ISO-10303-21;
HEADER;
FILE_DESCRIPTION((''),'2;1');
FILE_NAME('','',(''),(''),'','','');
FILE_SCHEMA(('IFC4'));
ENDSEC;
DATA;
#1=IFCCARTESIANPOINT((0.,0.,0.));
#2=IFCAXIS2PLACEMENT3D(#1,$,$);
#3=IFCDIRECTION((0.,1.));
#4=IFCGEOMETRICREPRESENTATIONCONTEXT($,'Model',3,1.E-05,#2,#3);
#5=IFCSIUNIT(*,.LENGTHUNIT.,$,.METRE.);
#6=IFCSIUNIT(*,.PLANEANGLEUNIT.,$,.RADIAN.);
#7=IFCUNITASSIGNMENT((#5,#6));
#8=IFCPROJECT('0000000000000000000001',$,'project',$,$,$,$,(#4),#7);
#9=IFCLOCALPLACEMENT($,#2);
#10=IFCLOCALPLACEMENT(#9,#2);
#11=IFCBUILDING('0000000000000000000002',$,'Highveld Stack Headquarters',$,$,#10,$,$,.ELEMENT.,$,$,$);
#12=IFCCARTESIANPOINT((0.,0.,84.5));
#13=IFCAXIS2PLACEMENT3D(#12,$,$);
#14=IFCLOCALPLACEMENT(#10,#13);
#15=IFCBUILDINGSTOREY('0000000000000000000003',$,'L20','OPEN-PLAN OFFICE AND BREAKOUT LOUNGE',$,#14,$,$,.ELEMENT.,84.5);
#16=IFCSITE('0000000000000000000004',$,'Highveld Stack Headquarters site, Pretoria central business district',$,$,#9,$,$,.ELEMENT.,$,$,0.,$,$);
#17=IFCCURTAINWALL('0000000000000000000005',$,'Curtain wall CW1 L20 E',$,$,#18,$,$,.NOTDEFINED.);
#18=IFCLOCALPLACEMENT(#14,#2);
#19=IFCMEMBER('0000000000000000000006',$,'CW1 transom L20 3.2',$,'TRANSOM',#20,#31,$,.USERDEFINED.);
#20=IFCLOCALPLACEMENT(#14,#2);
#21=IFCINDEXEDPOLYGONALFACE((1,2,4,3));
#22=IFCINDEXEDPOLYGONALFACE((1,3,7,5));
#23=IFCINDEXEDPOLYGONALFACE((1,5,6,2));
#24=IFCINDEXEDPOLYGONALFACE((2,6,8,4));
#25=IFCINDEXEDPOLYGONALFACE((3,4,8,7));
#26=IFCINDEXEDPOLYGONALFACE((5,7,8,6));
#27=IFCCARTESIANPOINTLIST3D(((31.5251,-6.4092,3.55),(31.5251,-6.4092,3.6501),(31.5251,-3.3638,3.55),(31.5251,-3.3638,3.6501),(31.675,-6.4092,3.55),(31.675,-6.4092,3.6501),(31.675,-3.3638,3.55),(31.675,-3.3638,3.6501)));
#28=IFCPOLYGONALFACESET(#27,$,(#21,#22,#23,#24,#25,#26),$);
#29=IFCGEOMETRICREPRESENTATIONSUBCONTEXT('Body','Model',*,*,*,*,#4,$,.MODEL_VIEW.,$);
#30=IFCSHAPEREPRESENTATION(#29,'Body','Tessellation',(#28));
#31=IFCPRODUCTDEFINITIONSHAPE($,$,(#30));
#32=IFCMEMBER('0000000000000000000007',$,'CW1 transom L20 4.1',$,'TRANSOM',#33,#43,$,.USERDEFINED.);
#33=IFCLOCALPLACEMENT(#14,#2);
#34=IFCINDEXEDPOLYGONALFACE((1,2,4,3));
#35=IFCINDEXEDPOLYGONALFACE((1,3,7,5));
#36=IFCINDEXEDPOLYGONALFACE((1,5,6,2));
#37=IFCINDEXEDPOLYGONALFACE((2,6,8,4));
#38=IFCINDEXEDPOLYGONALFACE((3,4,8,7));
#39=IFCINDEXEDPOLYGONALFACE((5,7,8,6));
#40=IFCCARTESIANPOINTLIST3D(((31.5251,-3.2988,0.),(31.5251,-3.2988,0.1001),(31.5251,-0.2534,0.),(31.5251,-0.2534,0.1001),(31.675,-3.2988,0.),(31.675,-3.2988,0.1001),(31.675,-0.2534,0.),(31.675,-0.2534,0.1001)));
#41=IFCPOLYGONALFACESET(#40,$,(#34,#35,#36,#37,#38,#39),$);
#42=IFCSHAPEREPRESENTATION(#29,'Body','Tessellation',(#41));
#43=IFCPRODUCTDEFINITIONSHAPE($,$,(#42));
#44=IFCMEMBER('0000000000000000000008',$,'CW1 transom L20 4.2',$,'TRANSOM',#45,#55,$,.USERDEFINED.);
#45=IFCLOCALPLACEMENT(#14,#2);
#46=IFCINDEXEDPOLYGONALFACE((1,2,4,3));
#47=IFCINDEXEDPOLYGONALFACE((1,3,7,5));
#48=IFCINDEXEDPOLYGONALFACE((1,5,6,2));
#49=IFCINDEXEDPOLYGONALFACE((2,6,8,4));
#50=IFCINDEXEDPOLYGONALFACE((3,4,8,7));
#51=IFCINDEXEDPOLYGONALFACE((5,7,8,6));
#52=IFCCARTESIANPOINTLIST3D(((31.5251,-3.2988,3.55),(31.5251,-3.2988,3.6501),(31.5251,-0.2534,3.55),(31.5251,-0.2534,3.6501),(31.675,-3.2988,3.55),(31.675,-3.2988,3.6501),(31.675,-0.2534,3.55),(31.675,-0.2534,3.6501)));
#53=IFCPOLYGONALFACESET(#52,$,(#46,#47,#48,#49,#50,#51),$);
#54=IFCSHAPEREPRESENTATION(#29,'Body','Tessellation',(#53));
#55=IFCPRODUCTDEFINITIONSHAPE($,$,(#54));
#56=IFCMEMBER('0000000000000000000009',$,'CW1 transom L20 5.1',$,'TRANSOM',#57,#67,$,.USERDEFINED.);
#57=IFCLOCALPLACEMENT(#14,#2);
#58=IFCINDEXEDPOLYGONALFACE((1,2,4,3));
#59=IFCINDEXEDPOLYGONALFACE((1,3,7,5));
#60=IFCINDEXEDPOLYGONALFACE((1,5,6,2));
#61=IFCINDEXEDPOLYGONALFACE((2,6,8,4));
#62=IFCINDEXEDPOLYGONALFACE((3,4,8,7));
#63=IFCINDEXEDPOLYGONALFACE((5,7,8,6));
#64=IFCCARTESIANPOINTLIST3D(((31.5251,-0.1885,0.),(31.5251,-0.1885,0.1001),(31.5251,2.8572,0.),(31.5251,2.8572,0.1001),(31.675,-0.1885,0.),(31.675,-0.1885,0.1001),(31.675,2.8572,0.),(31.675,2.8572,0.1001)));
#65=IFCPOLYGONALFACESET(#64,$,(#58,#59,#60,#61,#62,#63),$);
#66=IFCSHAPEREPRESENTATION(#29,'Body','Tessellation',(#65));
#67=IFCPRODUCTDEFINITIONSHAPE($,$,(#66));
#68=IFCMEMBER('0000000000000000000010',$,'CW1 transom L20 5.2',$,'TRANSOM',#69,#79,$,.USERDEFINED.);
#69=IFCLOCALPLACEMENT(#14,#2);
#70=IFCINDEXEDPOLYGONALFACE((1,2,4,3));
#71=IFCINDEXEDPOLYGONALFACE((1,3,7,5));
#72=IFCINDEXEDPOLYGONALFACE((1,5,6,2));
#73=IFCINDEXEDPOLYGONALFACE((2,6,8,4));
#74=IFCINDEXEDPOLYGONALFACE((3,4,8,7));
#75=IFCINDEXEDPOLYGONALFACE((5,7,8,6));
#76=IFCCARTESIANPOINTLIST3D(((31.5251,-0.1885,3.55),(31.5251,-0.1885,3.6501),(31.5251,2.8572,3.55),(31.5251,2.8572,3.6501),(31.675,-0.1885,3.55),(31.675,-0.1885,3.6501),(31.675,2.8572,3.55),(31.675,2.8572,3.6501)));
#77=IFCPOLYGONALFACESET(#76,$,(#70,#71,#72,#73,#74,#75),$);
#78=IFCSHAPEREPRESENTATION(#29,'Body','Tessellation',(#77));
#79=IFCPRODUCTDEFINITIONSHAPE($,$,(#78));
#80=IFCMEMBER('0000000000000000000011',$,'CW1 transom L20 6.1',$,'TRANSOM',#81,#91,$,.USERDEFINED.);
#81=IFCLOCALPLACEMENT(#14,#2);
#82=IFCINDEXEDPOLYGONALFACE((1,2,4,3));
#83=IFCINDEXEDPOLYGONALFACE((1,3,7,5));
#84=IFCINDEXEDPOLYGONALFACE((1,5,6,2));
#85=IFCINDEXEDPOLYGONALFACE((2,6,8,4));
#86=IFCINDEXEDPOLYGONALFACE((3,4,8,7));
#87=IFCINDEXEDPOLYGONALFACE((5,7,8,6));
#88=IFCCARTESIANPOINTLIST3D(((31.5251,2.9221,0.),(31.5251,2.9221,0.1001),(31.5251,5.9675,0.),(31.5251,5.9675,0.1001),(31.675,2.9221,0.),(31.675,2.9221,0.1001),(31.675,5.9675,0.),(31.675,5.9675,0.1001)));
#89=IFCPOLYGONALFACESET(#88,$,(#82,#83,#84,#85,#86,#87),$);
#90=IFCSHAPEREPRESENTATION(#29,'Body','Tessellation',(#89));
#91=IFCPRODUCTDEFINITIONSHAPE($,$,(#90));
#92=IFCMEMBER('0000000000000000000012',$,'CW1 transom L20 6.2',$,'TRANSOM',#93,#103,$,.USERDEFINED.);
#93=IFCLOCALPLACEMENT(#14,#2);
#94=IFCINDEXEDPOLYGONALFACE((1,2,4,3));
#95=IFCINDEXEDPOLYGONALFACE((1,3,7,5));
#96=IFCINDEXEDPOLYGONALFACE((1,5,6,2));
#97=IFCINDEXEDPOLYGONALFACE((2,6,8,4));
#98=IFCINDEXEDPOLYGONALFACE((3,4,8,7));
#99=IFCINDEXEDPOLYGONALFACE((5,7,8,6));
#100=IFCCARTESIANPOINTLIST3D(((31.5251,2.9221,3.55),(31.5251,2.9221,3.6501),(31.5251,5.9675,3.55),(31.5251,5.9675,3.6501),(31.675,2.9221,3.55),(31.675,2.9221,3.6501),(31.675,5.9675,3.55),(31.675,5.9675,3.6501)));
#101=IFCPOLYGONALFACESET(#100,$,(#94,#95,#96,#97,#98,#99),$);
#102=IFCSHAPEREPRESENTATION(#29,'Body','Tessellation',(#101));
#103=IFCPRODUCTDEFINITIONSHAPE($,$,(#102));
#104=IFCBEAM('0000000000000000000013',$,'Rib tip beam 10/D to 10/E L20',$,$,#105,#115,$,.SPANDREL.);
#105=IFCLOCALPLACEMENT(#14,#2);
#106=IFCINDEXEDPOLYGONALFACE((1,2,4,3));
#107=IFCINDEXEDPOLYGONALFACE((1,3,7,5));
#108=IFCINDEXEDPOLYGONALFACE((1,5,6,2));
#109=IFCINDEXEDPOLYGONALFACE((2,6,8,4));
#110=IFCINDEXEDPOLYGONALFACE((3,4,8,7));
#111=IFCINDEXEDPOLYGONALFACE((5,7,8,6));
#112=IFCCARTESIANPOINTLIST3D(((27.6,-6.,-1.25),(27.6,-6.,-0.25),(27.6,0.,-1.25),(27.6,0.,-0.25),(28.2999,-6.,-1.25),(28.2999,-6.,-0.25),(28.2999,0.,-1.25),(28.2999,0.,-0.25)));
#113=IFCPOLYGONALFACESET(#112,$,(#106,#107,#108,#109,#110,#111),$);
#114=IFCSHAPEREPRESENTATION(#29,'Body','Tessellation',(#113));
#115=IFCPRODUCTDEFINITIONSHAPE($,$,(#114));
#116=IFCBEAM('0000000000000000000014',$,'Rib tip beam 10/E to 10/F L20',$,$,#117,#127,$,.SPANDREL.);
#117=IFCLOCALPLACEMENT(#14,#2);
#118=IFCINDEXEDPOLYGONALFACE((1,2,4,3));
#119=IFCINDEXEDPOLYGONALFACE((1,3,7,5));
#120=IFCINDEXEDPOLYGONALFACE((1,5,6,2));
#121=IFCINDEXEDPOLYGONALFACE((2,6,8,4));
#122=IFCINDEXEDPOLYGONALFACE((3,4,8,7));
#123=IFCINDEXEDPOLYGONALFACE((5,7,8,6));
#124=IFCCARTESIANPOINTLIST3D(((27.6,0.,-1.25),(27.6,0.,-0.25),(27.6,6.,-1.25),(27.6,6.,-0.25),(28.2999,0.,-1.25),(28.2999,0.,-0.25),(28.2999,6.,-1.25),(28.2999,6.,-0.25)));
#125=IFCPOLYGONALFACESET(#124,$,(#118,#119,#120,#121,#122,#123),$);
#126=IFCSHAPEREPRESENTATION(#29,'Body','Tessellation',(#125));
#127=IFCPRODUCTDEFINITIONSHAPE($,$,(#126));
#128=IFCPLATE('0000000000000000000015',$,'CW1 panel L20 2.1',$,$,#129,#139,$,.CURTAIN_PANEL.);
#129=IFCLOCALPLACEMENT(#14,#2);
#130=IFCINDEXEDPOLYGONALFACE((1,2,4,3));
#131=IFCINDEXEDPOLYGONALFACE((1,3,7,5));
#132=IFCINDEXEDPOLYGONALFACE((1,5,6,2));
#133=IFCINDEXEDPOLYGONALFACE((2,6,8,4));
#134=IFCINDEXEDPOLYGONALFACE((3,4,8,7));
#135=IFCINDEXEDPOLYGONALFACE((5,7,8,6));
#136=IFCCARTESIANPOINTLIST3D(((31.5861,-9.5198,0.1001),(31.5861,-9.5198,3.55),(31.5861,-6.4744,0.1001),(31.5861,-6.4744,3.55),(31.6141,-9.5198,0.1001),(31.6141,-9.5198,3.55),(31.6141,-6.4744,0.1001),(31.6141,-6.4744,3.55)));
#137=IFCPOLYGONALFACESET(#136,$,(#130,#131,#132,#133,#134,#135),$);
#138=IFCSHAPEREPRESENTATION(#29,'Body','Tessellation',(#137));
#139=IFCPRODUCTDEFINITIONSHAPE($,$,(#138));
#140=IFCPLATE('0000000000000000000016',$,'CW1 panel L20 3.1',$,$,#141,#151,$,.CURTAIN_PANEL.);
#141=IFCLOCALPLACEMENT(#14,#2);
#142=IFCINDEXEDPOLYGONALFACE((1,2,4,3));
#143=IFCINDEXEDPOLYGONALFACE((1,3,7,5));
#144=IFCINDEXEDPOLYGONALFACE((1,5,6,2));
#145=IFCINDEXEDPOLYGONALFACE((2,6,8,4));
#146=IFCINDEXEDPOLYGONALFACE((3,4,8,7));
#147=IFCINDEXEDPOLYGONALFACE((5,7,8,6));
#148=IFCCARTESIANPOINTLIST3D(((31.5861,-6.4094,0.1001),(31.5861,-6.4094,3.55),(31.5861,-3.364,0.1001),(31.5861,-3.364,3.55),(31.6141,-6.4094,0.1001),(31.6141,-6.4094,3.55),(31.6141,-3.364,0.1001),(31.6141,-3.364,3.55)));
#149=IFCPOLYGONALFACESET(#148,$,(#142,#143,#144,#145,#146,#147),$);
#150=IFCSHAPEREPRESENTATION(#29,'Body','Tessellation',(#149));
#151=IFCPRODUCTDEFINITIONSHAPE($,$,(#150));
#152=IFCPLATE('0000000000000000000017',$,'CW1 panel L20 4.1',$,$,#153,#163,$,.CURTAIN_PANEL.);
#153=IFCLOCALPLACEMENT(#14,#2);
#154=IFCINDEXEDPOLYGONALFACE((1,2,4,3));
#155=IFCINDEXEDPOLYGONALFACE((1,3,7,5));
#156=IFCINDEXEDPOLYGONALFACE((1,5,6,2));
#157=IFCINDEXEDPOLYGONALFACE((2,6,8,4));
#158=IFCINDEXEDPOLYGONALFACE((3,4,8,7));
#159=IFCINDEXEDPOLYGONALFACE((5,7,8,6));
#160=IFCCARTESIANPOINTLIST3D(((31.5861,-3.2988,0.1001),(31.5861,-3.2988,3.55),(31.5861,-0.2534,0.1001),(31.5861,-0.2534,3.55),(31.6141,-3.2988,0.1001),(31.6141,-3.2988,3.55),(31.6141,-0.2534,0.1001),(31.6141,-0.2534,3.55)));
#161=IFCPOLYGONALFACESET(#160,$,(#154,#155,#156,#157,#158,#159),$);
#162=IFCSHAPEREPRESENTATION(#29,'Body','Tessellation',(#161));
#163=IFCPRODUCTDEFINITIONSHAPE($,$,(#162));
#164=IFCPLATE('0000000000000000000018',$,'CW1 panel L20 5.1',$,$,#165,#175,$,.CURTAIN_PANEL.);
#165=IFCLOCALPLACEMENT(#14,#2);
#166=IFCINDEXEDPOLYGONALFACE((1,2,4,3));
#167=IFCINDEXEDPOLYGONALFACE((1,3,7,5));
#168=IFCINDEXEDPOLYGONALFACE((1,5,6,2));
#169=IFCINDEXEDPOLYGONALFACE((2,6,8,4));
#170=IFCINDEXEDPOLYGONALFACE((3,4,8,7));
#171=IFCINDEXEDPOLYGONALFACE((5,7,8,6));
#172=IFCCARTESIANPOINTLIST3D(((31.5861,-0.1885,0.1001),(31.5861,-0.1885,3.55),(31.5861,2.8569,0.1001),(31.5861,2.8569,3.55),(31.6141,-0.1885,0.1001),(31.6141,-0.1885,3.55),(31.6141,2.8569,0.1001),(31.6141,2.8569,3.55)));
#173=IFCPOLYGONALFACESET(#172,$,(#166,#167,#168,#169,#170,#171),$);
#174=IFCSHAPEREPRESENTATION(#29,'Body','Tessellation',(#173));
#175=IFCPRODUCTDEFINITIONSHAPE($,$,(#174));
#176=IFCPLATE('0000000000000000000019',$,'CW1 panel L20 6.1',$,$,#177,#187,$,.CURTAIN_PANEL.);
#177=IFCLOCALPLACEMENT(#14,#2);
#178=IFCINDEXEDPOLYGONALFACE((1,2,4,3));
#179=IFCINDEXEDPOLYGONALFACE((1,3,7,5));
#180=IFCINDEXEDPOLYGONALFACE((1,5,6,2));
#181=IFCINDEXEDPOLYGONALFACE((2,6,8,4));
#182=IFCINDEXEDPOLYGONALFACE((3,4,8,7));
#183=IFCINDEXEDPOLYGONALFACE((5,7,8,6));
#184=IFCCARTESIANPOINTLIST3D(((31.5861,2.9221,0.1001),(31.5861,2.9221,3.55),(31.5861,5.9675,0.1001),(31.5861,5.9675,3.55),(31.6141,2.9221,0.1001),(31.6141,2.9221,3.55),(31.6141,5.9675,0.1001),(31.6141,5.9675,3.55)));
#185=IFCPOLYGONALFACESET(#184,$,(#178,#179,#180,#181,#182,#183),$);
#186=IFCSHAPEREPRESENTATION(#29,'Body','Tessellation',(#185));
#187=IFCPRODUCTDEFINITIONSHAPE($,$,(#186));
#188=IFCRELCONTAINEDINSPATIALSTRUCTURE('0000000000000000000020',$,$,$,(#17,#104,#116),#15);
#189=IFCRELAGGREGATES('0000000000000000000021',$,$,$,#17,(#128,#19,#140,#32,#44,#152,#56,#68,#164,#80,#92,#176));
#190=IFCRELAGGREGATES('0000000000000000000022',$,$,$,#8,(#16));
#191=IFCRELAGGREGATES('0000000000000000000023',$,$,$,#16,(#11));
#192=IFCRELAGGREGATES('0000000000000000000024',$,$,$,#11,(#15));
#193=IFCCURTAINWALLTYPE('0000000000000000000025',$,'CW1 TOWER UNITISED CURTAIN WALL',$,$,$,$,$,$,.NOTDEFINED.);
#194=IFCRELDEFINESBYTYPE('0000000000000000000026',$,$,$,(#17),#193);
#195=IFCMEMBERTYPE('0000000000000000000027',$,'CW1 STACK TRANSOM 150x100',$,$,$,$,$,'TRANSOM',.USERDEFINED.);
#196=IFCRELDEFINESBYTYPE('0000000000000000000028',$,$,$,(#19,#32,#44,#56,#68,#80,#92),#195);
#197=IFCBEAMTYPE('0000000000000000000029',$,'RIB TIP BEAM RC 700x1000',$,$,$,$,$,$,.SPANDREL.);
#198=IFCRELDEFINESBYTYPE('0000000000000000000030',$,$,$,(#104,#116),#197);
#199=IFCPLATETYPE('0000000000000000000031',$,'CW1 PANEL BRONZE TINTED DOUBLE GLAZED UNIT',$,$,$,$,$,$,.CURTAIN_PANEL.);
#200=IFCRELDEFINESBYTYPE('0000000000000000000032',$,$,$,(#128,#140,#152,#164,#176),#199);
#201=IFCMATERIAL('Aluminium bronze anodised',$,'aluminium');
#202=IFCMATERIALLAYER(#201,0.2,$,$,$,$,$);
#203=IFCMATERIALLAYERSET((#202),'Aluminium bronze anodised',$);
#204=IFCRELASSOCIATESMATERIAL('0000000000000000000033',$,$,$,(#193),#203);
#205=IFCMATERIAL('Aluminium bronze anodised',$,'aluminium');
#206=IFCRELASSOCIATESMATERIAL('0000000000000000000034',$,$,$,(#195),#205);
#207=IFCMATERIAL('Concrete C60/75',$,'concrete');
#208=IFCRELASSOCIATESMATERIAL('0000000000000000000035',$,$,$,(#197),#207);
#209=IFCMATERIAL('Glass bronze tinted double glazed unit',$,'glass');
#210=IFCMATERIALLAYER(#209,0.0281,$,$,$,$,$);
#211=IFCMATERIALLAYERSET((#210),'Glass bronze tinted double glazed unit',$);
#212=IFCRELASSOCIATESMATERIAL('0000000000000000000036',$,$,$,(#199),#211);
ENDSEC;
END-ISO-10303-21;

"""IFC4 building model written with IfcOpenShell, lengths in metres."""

from ifc_helpers import new_model, si_unit, direction, frame, origin, origin_2d, place, context, subcontext, project, spatial, rectangle, extrude, material, layer, layer_set, material_profile, profile_set, type_object, element, aggregate, save


model = new_model("IFC4")

# Units and contexts
model_context = context("Model", 3, precision=1e-05, world=origin(), true_north=direction((0.0, 1.0)))
body_context = subcontext(model_context, "Body", "Model", "MODEL_VIEW")
ifc_project = project(units=[si_unit("LENGTHUNIT", "METRE"), si_unit("PLANEANGLEUNIT", "RADIAN")], contexts=[model_context])

# Site, building, storey
site_placement = place(None, origin())
site = spatial("IfcSite", under=ifc_project, at=site_placement, Name="Highveld Stack Headquarters site, Pretoria central business district", CompositionType="ELEMENT", RefElevation=0.0)
building_placement = place(site_placement, origin())
building = spatial("IfcBuilding", under=site, at=building_placement, Name="Highveld Stack Headquarters", CompositionType="ELEMENT")
storey_placement = place(building_placement, frame((0.0, 0.0, 84.5)))
storey = spatial("IfcBuildingStorey", under=building, at=storey_placement, Name="L20", Description="OPEN-PLAN OFFICE AND BREAKOUT LOUNGE", CompositionType="ELEMENT", Elevation=84.5)

# Curtain wall, members
ifc_material_1 = material(Name="Aluminium bronze anodised", Category="aluminium")
ifc_layer_1 = layer(ifc_material_1, 0.2)
ifc_layer_set_1 = layer_set([ifc_layer_1], Name="Aluminium bronze anodised")
curtain_wall_type = type_object("IfcCurtainWallType", Name="CW1 TOWER UNITISED CURTAIN WALL", PredefinedType="NOTDEFINED", material=ifc_layer_set_1)
curtain_wall_placement = place(storey_placement, origin())
curtain_wall = element("IfcCurtainWall", 1, at=curtain_wall_placement, inside=storey, type_object=curtain_wall_type, Name="Curtain wall CW1 L20 E", PredefinedType="NOTDEFINED")
ifc_material_2 = material(Name="Aluminium bronze anodised", Category="aluminium")
ifc_material_profile_1 = material_profile(ifc_material_2, rectangle(XDim=0.1499, YDim=0.1001, at=origin_2d()), Name="CW1 TRANSOM 150x100")
ifc_profile_set_1 = profile_set([ifc_material_profile_1], Name="Aluminium bronze anodised")
member_type_1 = type_object("IfcMemberType", Name="CW1 STACK TRANSOM 150x100", ElementType="TRANSOM", PredefinedType="USERDEFINED", material=ifc_profile_set_1)
member_1_placement = place(storey_placement, frame((31.6001, -6.4092, 3.6001), z_axis=(0.0, 1.0, 0.0), x_axis=(-1.0, 0.0, 0.0)))
member_1 = element("IfcMember", 2, at=member_1_placement, type_object=member_type_1, Name="CW1 transom L20 3.2", ObjectType="TRANSOM", PredefinedType="USERDEFINED", context=body_context, shape_type="SweptSolid", body=[
    extrude(rectangle(XDim=0.1499, YDim=0.1001, at=origin_2d()), origin(), (0.0, 0.0, 1.0), 3.0454),
])
member_2_placement = place(storey_placement, frame((31.6001, -3.2988, 0.05), z_axis=(0.0, 1.0, 0.0), x_axis=(-1.0, 0.0, 0.0)))
member_2 = element("IfcMember", 3, at=member_2_placement, type_object=member_type_1, Name="CW1 transom L20 4.1", ObjectType="TRANSOM", PredefinedType="USERDEFINED", context=body_context, shape_type="SweptSolid", body=[
    extrude(rectangle(XDim=0.1499, YDim=0.1001, at=origin_2d()), origin(), (0.0, 0.0, 1.0), 3.0454),
])
member_3_placement = place(storey_placement, frame((31.6001, -3.2988, 3.6001), z_axis=(0.0, 1.0, 0.0), x_axis=(-1.0, 0.0, 0.0)))
member_3 = element("IfcMember", 4, at=member_3_placement, type_object=member_type_1, Name="CW1 transom L20 4.2", ObjectType="TRANSOM", PredefinedType="USERDEFINED", context=body_context, shape_type="SweptSolid", body=[
    extrude(rectangle(XDim=0.1499, YDim=0.1001, at=origin_2d()), origin(), (0.0, 0.0, 1.0), 3.0454),
])
member_4_placement = place(storey_placement, frame((31.6001, -0.1885, 0.05), z_axis=(0.0, 1.0, 0.0), x_axis=(-1.0, 0.0, 0.0)))
member_4 = element("IfcMember", 5, at=member_4_placement, type_object=member_type_1, Name="CW1 transom L20 5.1", ObjectType="TRANSOM", PredefinedType="USERDEFINED", context=body_context, shape_type="SweptSolid", body=[
    extrude(rectangle(XDim=0.1499, YDim=0.1001, at=origin_2d()), origin(), (0.0, 0.0, 1.0), 3.0457),
])
member_5_placement = place(storey_placement, frame((31.6001, -0.1885, 3.6001), z_axis=(0.0, 1.0, 0.0), x_axis=(-1.0, 0.0, 0.0)))
member_5 = element("IfcMember", 6, at=member_5_placement, type_object=member_type_1, Name="CW1 transom L20 5.2", ObjectType="TRANSOM", PredefinedType="USERDEFINED", context=body_context, shape_type="SweptSolid", body=[
    extrude(rectangle(XDim=0.1499, YDim=0.1001, at=origin_2d()), origin(), (0.0, 0.0, 1.0), 3.0457),
])
member_6_placement = place(storey_placement, frame((31.6001, 2.9221, 0.05), z_axis=(0.0, 1.0, 0.0), x_axis=(-1.0, 0.0, 0.0)))
member_6 = element("IfcMember", 7, at=member_6_placement, type_object=member_type_1, Name="CW1 transom L20 6.1", ObjectType="TRANSOM", PredefinedType="USERDEFINED", context=body_context, shape_type="SweptSolid", body=[
    extrude(rectangle(XDim=0.1499, YDim=0.1001, at=origin_2d()), origin(), (0.0, 0.0, 1.0), 3.0454),
])
member_7_placement = place(storey_placement, frame((31.6001, 2.9221, 3.6001), z_axis=(0.0, 1.0, 0.0), x_axis=(-1.0, 0.0, 0.0)))
member_7 = element("IfcMember", 8, at=member_7_placement, type_object=member_type_1, Name="CW1 transom L20 6.2", ObjectType="TRANSOM", PredefinedType="USERDEFINED", context=body_context, shape_type="SweptSolid", body=[
    extrude(rectangle(XDim=0.1499, YDim=0.1001, at=origin_2d()), origin(), (0.0, 0.0, 1.0), 3.0454),
])

# Beams
ifc_material_3 = material(Name="Concrete C60/75", Category="concrete")
ifc_material_profile_2 = material_profile(ifc_material_3, rectangle(XDim=0.7, YDim=1.0, at=origin_2d()), Name="RC 700x1000")
ifc_profile_set_2 = profile_set([ifc_material_profile_2], Name="Concrete C60/75")
beam_type_1 = type_object("IfcBeamType", Name="RIB TIP BEAM RC 700x1000", PredefinedType="SPANDREL", material=ifc_profile_set_2)
for number, where, z_axis, x_axis, name in (
    (9, (27.95, -6.0, -0.75), (0.0, 1.0, 0.0), (-1.0, 0.0, 0.0), "Rib tip beam 10/D to 10/E L20"),
    (10, (27.95, 0.0, -0.75), (0.0, 1.0, 0.0), (-1.0, 0.0, 0.0), "Rib tip beam 10/E to 10/F L20"),
):
    element("IfcBeam", number, at=place(storey_placement, frame(where, z_axis=z_axis, x_axis=x_axis)), inside=storey, type_object=beam_type_1, Name=name, PredefinedType="SPANDREL", context=body_context, shape_type="SweptSolid", body=[
        extrude(rectangle(XDim=0.7, YDim=1.0, at=origin_2d()), origin(), (0.0, 0.0, 1.0), 6.0),
    ])

# Plates
ifc_material_4 = material(Name="Glass bronze tinted double glazed unit", Category="glass")
ifc_layer_2 = layer(ifc_material_4, 0.0281)
ifc_layer_set_2 = layer_set([ifc_layer_2], Name="Glass bronze tinted double glazed unit")
plate_type = type_object("IfcPlateType", Name="CW1 PANEL BRONZE TINTED DOUBLE GLAZED UNIT", PredefinedType="CURTAIN_PANEL", material=ifc_layer_set_2)
plate_1_placement = place(storey_placement, frame((31.6001, -7.9971, 0.1001), z_axis=(0.0, 0.0, 1.0), x_axis=(0.0, 1.0, 0.0)))
plate_1 = element("IfcPlate", 11, at=plate_1_placement, type_object=plate_type, Name="CW1 panel L20 2.1", PredefinedType="CURTAIN_PANEL", context=body_context, shape_type="SweptSolid", body=[
    extrude(rectangle(XDim=3.0454, YDim=0.0281, at=origin_2d()), origin(), (0.0, 0.0, 1.0), 3.45),
])
plate_2_placement = place(storey_placement, frame((31.6001, -4.8867, 0.1001), z_axis=(0.0, 0.0, 1.0), x_axis=(0.0, 1.0, 0.0)))
plate_2 = element("IfcPlate", 12, at=plate_2_placement, type_object=plate_type, Name="CW1 panel L20 3.1", PredefinedType="CURTAIN_PANEL", context=body_context, shape_type="SweptSolid", body=[
    extrude(rectangle(XDim=3.0454, YDim=0.0281, at=origin_2d()), origin(), (0.0, 0.0, 1.0), 3.45),
])
plate_3_placement = place(storey_placement, frame((31.6001, -1.7761, 0.1001), z_axis=(0.0, 0.0, 1.0), x_axis=(0.0, 1.0, 0.0)))
plate_3 = element("IfcPlate", 13, at=plate_3_placement, type_object=plate_type, Name="CW1 panel L20 4.1", PredefinedType="CURTAIN_PANEL", context=body_context, shape_type="SweptSolid", body=[
    extrude(rectangle(XDim=3.0454, YDim=0.0281, at=origin_2d()), origin(), (0.0, 0.0, 1.0), 3.45),
])
plate_4_placement = place(storey_placement, frame((31.6001, 1.3342, 0.1001), z_axis=(0.0, 0.0, 1.0), x_axis=(0.0, 1.0, 0.0)))
plate_4 = element("IfcPlate", 14, at=plate_4_placement, type_object=plate_type, Name="CW1 panel L20 5.1", PredefinedType="CURTAIN_PANEL", context=body_context, shape_type="SweptSolid", body=[
    extrude(rectangle(XDim=3.0454, YDim=0.0281, at=origin_2d()), origin(), (0.0, 0.0, 1.0), 3.45),
])
plate_5_placement = place(storey_placement, frame((31.6001, 4.4448, 0.1001), z_axis=(0.0, 0.0, 1.0), x_axis=(0.0, 1.0, 0.0)))
plate_5 = element("IfcPlate", 15, at=plate_5_placement, type_object=plate_type, Name="CW1 panel L20 6.1", PredefinedType="CURTAIN_PANEL", context=body_context, shape_type="SweptSolid", body=[
    extrude(rectangle(XDim=3.0454, YDim=0.0281, at=origin_2d()), origin(), (0.0, 0.0, 1.0), 3.45),
])
aggregate(curtain_wall, [plate_1, member_1, plate_2, member_2, member_3, plate_3, member_4, member_5, plate_4, member_6, member_7, plate_5])

save(model, "model.ifc")
